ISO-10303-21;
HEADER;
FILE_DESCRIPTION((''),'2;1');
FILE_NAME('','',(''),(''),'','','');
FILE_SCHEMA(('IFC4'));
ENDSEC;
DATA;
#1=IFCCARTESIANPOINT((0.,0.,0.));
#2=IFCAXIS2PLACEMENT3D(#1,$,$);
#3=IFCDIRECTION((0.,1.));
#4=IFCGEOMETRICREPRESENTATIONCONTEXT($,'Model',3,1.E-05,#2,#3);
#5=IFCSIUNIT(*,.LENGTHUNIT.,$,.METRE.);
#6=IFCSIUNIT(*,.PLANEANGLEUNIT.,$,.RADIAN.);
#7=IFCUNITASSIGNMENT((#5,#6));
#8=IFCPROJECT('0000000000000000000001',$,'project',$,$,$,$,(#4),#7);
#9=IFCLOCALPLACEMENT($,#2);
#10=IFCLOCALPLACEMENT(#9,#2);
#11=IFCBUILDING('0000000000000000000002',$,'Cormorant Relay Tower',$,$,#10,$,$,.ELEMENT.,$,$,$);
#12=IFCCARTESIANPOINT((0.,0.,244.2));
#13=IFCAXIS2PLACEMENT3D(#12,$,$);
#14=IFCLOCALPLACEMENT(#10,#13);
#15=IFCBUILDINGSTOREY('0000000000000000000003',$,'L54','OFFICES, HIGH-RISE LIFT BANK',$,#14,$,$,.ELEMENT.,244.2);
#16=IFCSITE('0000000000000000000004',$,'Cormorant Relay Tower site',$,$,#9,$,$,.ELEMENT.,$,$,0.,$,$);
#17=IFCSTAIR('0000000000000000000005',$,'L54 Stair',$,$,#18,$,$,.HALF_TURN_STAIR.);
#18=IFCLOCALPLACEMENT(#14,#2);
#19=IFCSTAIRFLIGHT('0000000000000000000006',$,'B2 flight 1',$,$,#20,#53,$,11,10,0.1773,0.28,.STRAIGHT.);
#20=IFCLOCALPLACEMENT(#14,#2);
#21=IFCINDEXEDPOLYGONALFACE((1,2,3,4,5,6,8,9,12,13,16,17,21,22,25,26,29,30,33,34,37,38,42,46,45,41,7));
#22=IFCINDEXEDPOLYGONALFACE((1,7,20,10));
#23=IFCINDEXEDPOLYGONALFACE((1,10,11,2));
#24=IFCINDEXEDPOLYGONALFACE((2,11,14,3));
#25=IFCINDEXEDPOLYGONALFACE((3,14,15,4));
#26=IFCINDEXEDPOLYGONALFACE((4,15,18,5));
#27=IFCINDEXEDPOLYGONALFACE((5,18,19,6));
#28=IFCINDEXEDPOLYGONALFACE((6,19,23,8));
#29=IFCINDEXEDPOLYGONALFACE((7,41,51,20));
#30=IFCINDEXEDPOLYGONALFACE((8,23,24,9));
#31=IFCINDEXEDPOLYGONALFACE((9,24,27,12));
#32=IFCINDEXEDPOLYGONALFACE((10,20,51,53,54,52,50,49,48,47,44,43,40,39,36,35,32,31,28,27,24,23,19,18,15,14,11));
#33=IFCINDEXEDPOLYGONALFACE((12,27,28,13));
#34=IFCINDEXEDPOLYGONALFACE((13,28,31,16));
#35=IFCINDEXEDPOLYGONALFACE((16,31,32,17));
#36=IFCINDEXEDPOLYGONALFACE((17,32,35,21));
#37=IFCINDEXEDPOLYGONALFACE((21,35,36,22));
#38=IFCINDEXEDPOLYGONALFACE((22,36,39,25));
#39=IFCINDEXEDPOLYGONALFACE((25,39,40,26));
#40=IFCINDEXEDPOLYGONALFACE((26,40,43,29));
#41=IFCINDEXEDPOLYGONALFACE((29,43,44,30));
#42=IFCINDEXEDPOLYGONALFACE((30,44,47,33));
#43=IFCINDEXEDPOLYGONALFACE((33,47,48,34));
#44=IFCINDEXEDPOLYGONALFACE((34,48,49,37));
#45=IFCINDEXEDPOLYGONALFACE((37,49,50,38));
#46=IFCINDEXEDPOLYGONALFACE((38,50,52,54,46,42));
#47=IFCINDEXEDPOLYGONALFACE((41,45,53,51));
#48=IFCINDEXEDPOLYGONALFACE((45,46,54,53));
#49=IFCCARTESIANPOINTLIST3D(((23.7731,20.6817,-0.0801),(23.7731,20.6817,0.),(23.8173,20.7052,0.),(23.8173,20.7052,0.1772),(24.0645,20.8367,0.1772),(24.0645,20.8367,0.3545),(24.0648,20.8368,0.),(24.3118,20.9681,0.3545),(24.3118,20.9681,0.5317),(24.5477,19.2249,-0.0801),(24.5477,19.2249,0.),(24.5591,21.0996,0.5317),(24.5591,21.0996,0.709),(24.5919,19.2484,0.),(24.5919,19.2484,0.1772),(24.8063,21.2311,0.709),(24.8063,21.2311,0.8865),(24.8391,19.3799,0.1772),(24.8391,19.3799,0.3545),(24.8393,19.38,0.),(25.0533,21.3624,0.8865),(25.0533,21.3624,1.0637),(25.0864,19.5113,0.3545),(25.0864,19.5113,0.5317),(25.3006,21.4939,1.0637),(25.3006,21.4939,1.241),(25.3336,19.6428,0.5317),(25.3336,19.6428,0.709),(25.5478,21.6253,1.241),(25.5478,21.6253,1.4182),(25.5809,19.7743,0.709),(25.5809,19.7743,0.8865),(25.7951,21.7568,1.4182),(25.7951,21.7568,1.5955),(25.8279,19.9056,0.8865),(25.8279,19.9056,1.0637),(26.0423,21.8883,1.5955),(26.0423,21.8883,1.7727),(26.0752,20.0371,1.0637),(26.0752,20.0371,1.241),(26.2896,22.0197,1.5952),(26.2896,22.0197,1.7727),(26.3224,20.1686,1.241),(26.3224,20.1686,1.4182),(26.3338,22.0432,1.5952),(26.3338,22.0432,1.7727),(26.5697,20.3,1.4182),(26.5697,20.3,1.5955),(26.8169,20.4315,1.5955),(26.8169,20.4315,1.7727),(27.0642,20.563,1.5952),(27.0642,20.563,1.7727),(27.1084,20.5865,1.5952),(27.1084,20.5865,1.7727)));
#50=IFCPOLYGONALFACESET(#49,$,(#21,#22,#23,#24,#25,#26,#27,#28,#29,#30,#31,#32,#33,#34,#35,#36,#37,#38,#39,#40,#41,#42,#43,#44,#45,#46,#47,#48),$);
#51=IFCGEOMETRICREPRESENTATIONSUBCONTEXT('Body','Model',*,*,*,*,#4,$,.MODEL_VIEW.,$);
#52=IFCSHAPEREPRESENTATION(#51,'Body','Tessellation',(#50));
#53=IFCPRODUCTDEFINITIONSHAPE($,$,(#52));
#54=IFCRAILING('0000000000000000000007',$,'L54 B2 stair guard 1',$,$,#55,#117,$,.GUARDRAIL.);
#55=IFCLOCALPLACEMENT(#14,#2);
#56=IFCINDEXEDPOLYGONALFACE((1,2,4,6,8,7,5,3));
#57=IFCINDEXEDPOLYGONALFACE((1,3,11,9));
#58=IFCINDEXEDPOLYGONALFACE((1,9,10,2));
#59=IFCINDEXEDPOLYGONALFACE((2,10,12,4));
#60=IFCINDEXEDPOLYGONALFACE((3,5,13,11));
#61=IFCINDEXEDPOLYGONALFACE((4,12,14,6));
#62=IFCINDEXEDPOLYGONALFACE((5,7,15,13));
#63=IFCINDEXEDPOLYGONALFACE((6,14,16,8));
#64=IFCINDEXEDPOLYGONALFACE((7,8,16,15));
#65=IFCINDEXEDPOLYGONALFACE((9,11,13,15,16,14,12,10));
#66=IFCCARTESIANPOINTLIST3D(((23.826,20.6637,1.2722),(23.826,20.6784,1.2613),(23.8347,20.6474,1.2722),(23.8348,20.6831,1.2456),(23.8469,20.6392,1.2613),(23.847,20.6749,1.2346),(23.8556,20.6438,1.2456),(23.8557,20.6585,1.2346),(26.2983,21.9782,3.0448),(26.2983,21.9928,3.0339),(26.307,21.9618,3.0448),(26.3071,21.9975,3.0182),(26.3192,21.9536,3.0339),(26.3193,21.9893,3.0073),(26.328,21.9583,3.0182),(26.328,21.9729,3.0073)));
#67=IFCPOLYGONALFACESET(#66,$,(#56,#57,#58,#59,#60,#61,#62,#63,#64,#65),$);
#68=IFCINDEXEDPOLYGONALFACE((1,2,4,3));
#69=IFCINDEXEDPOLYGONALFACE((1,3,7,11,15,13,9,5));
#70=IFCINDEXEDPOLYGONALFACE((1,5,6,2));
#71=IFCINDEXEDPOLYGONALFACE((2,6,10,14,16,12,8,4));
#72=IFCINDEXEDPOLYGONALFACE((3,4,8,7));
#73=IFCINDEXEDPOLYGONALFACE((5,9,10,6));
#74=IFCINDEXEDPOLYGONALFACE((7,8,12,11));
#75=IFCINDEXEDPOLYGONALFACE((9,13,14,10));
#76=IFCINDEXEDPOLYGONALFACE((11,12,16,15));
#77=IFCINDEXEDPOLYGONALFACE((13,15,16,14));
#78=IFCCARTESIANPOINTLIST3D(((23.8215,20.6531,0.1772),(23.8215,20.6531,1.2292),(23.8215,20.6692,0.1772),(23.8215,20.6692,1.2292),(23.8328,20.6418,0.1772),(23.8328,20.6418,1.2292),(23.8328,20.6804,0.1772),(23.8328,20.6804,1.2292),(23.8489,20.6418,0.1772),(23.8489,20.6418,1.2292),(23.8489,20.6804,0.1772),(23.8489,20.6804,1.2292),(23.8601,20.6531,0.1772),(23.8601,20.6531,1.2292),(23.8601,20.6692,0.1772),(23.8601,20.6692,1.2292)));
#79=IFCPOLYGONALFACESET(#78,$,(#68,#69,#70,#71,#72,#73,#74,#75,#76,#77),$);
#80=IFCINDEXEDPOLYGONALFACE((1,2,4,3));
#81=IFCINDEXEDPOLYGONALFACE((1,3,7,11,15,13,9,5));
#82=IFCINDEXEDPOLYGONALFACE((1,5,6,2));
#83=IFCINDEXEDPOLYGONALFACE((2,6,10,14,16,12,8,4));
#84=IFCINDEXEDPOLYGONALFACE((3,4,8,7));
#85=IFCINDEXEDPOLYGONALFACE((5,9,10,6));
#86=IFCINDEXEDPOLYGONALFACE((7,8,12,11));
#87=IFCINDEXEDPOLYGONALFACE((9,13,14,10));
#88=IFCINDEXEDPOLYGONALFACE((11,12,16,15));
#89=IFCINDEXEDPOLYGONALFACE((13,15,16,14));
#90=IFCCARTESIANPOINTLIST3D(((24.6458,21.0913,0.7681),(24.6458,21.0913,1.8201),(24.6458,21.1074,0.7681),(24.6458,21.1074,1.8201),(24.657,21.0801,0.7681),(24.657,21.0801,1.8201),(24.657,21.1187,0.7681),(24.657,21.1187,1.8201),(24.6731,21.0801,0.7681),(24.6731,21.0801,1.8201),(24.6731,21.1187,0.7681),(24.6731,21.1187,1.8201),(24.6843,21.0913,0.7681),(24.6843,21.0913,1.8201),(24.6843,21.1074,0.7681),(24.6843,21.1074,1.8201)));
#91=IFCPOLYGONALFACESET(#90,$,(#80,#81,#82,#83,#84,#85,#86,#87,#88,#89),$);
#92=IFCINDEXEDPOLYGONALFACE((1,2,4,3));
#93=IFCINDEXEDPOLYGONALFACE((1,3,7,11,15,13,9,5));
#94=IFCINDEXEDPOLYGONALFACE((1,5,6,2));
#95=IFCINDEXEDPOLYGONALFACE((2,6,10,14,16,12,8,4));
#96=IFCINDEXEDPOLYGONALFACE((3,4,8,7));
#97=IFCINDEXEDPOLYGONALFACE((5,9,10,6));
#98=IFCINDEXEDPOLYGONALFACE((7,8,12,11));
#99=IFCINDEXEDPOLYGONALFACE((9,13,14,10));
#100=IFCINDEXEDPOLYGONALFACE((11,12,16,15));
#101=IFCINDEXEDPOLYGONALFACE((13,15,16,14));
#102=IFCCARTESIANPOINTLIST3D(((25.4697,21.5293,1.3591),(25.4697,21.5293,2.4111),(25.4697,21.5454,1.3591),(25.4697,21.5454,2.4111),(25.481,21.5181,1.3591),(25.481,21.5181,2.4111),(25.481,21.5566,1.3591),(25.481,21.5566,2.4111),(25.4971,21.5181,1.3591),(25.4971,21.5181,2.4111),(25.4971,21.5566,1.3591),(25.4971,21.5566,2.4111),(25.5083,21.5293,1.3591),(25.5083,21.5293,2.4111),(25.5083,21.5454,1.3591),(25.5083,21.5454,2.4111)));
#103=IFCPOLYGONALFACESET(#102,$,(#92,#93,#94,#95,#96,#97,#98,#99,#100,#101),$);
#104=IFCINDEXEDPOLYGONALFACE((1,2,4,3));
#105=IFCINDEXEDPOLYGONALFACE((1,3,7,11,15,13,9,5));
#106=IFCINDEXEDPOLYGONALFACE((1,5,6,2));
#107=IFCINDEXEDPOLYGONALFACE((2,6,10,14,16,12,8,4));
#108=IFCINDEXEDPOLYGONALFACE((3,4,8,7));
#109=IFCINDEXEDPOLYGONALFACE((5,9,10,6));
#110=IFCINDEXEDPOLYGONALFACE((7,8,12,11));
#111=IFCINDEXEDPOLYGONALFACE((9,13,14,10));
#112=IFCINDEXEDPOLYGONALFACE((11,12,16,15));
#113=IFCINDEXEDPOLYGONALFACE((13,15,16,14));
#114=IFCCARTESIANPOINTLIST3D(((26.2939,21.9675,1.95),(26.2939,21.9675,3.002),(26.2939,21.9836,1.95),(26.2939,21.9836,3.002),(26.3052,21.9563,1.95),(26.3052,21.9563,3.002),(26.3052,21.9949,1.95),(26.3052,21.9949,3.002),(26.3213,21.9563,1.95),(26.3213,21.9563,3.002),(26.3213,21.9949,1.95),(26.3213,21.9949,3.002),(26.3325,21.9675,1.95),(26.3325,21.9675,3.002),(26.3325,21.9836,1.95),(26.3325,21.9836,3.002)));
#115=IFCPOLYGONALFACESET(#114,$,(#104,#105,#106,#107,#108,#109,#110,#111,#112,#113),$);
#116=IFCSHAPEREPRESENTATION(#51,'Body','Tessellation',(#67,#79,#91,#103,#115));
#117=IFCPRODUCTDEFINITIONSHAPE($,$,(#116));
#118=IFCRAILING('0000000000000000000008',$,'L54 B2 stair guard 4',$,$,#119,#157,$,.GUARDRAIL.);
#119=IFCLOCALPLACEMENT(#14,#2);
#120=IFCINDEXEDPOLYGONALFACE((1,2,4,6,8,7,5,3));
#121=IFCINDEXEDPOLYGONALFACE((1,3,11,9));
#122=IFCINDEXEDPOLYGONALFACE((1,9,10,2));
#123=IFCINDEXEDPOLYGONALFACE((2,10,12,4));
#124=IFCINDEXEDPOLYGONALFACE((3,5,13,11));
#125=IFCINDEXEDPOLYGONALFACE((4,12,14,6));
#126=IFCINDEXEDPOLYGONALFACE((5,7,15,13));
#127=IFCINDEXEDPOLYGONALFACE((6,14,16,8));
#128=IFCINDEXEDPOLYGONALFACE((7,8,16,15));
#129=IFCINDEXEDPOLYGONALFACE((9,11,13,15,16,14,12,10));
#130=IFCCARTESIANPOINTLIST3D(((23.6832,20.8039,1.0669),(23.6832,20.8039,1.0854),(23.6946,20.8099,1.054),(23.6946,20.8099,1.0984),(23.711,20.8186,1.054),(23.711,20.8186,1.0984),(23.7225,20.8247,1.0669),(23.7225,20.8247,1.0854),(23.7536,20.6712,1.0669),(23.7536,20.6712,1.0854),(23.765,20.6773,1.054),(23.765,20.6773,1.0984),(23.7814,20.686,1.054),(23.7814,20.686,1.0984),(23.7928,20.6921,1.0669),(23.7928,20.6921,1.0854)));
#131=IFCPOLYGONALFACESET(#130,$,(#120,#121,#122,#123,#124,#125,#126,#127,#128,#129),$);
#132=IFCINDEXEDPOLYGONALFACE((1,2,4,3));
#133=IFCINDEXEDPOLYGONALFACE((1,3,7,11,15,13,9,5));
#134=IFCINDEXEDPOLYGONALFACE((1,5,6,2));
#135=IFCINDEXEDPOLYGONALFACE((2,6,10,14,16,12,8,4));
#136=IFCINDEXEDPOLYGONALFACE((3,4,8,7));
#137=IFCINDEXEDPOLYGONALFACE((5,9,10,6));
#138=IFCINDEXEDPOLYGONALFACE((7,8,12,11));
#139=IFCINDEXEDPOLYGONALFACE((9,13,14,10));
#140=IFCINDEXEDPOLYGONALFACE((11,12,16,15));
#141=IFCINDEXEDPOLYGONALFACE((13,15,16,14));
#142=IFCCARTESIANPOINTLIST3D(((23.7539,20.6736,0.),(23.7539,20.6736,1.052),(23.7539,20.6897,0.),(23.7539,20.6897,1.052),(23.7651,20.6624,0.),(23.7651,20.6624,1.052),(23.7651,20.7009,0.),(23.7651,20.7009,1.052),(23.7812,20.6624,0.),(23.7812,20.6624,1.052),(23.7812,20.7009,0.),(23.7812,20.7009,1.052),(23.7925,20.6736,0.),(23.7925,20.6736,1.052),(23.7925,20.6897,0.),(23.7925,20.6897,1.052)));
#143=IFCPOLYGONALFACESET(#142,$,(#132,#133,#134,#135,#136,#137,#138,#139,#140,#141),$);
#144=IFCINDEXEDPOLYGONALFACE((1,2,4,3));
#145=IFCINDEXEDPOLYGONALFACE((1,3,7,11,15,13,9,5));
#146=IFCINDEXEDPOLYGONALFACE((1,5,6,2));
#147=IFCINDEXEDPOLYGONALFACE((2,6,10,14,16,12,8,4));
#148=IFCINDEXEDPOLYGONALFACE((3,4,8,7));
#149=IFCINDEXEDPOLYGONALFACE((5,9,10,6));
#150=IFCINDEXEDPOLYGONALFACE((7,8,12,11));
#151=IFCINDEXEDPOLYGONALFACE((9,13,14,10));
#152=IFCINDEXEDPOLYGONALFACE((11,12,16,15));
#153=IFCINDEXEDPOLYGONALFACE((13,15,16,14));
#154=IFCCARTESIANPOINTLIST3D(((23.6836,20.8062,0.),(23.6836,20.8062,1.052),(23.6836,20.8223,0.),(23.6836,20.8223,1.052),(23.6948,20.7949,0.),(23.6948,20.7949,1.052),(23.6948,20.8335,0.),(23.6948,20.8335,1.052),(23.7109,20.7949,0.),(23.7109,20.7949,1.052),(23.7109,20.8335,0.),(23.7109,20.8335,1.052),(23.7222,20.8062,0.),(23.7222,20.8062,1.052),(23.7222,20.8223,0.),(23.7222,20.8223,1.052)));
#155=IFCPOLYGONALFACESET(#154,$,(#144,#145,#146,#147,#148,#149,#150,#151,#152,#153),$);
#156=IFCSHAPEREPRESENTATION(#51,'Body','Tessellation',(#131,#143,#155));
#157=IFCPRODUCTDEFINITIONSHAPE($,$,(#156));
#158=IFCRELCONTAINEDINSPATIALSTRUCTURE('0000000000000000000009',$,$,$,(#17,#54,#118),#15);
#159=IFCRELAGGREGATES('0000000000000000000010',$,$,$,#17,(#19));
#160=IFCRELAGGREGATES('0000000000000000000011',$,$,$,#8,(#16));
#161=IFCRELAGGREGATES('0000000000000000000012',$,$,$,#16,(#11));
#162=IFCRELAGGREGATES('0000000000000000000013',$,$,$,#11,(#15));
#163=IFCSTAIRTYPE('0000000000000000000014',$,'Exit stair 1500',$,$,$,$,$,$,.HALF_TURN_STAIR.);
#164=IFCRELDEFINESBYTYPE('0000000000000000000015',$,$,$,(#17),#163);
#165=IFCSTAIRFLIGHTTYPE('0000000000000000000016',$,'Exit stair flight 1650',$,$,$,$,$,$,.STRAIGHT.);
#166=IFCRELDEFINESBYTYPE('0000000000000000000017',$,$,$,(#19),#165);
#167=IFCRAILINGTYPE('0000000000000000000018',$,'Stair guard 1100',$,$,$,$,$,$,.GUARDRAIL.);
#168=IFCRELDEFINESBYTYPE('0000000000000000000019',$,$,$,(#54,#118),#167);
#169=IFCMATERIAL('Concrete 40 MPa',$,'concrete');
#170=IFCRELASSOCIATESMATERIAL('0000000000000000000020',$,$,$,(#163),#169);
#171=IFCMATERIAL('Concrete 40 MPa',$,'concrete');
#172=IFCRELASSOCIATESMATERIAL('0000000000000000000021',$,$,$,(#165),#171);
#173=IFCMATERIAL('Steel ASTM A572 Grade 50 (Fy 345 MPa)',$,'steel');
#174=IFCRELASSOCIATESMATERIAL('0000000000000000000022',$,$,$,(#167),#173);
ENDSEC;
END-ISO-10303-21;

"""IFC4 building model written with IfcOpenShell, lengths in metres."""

from ifc_helpers import new_model, si_unit, direction, frame, origin, place, context, subcontext, project, spatial, polyline, outline, extrude, material, type_object, element, aggregate, save


model = new_model("IFC4")

# Units and contexts
model_context = context("Model", 3, precision=1e-05, world=origin(), true_north=direction((0.0, 1.0)))
body_context = subcontext(model_context, "Body", "Model", "MODEL_VIEW")
ifc_project = project(units=[si_unit("LENGTHUNIT", "METRE"), si_unit("PLANEANGLEUNIT", "RADIAN")], contexts=[model_context])

# Site, building, storey
site_placement = place(None, origin())
site = spatial("IfcSite", under=ifc_project, at=site_placement, Name="Cormorant Relay Tower site", CompositionType="ELEMENT", RefElevation=0.0)
building_placement = place(site_placement, origin())
building = spatial("IfcBuilding", under=site, at=building_placement, Name="Cormorant Relay Tower", CompositionType="ELEMENT")
storey_placement = place(building_placement, frame((0.0, 0.0, 244.2)))
storey = spatial("IfcBuildingStorey", under=building, at=storey_placement, Name="L54", Description="OFFICES, HIGH-RISE LIFT BANK", CompositionType="ELEMENT", Elevation=244.2)

# Stair, stair flight
ifc_material_1 = material(Name="Concrete 40 MPa", Category="concrete")
stair_type = type_object("IfcStairType", Name="Exit stair 1500", PredefinedType="HALF_TURN_STAIR", material=ifc_material_1)
stair_placement = place(storey_placement, origin())
stair = element("IfcStair", 1, at=stair_placement, inside=storey, type_object=stair_type, Name="L54 Stair", PredefinedType="HALF_TURN_STAIR")
ifc_material_2 = material(Name="Concrete 40 MPa", Category="concrete")
stair_flight_type = type_object("IfcStairFlightType", Name="Exit stair flight 1650", PredefinedType="STRAIGHT", material=ifc_material_2)
stair_flight_placement = place(storey_placement, frame((24.2046, 19.9768, 0.0), z_axis=(0.0, 0.0, 1.0), x_axis=(0.882948, 0.469472, 0.0)))
stair_flight = element("IfcStairFlight", 2, at=stair_flight_placement, type_object=stair_flight_type, Name="B2 flight 1", NumberOfRisers=11, NumberOfTreads=10, PredefinedType="STRAIGHT", RiserHeight=0.1773, TreadLength=0.28, context=body_context, shape_type="SweptSolid", body=[
    extrude(outline(polyline([(-0.05, -0.0801), (-0.05, 0.0), (0.0, 0.0), (0.0, 0.1772), (0.28, 0.1772), (0.28, 0.3545), (0.5601, 0.3545), (0.5601, 0.5317), (0.8401, 0.5317), (0.8401, 0.709), (1.1201, 0.709), (1.1201, 0.8865), (1.3999, 0.8865), (1.3999, 1.0637), (1.6799, 1.0637), (1.6799, 1.241), (1.96, 1.241), (1.96, 1.4182), (2.24, 1.4182), (2.24, 1.5955), (2.52, 1.5955), (2.52, 1.7727), (2.8, 1.7727), (2.8501, 1.7727), (2.8501, 1.5952), (2.8, 1.5952), (0.2803, 0.0), (-0.05, -0.0801)])), frame((0.0, 0.825, 0.0), z_axis=(0.0, -1.0, 0.0), x_axis=(1.0, 0.0, 0.0)), (0.0, 0.0, 1.0), 1.6499),
])
aggregate(stair, [stair_flight])

# Railings
ifc_material_3 = material(Name="Steel ASTM A572 Grade 50 (Fy 345 MPa)", Category="steel")
railing_type_1 = type_object("IfcRailingType", Name="Stair guard 1100", PredefinedType="GUARDRAIL", material=ifc_material_3)
railing_1_placement = place(storey_placement, frame((23.8408, 20.6611, 0.1772)))
element("IfcRailing", 3, at=railing_1_placement, inside=storey, type_object=railing_type_1, Name="L54 B2 stair guard 1", PredefinedType="GUARDRAIL", context=body_context, shape_type="SweptSolid", body=[
    extrude(outline(polyline([(0.0222, 0.0093), (0.0093, 0.0222), (-0.0093, 0.0222), (-0.0222, 0.0093), (-0.0222, -0.0093), (-0.0093, -0.0222), (0.0093, -0.0222), (0.0222, -0.0093), (0.0222, 0.0093)])), frame((0.0, 0.0, 1.0762), z_axis=(0.746034, 0.396627, 0.534902), x_axis=(-0.469429, 0.88297, 0.0)), (0.0, 0.0, 1.0), 3.314),
    extrude(outline(polyline([(0.0193, 0.0081), (0.0081, 0.0193), (-0.0081, 0.0193), (-0.0193, 0.0081), (-0.0193, -0.0081), (-0.0081, -0.0193), (0.0081, -0.0193), (0.0193, -0.0081), (0.0193, 0.0081)])), origin(), (0.0, 0.0, 1.0), 1.052),
    extrude(outline(polyline([(0.0193, 0.0081), (0.0081, 0.0193), (-0.0081, 0.0193), (-0.0193, 0.0081), (-0.0193, -0.0081), (-0.0081, -0.0193), (0.0081, -0.0193), (0.0193, -0.0081), (0.0193, 0.0081)])), frame((0.8242, 0.4382, 0.5908)), (0.0, 0.0, 1.0), 1.052),
    extrude(outline(polyline([(0.0193, 0.0081), (0.0081, 0.0193), (-0.0081, 0.0193), (-0.0193, 0.0081), (-0.0193, -0.0081), (-0.0081, -0.0193), (0.0081, -0.0193), (0.0193, -0.0081), (0.0193, 0.0081)])), frame((1.6482, 0.8762, 1.1819)), (0.0, 0.0, 1.0), 1.052),
    extrude(outline(polyline([(0.0193, 0.0081), (0.0081, 0.0193), (-0.0081, 0.0193), (-0.0193, 0.0081), (-0.0193, -0.0081), (-0.0081, -0.0193), (0.0081, -0.0193), (0.0193, -0.0081), (0.0193, 0.0081)])), frame((2.4724, 1.3145, 1.7727)), (0.0, 0.0, 1.0), 1.052),
])
railing_2_placement = place(storey_placement, frame((23.7732, 20.6816, 0.0)))
element("IfcRailing", 4, at=railing_2_placement, inside=storey, type_object=railing_type_1, Name="L54 B2 stair guard 4", PredefinedType="GUARDRAIL", context=body_context, shape_type="SweptSolid", body=[
    extrude(outline(polyline([(0.0222, 0.0093), (0.0093, 0.0222), (-0.0093, 0.0222), (-0.0222, 0.0093), (-0.0222, -0.0093), (-0.0093, -0.0222), (0.0093, -0.0222), (0.0222, -0.0093), (0.0222, 0.0093)])), frame((0.0, 0.0, 1.0762), z_axis=(-0.46856, 0.883431, 0.0), x_axis=(-0.883431, -0.46856, 0.0)), (0.0, 0.0, 1.0), 0.1501),
    extrude(outline(polyline([(0.0193, 0.0081), (0.0081, 0.0193), (-0.0081, 0.0193), (-0.0193, 0.0081), (-0.0193, -0.0081), (-0.0081, -0.0193), (0.0081, -0.0193), (0.0193, -0.0081), (0.0193, 0.0081)])), origin(), (0.0, 0.0, 1.0), 1.052),
    extrude(outline(polyline([(0.0193, 0.0081), (0.0081, 0.0193), (-0.0081, 0.0193), (-0.0193, 0.0081), (-0.0193, -0.0081), (-0.0081, -0.0193), (0.0081, -0.0193), (0.0193, -0.0081), (0.0193, 0.0081)])), frame((-0.0703, 0.1326, 0.0)), (0.0, 0.0, 1.0), 1.052),
])

save(model, "model.ifc")
